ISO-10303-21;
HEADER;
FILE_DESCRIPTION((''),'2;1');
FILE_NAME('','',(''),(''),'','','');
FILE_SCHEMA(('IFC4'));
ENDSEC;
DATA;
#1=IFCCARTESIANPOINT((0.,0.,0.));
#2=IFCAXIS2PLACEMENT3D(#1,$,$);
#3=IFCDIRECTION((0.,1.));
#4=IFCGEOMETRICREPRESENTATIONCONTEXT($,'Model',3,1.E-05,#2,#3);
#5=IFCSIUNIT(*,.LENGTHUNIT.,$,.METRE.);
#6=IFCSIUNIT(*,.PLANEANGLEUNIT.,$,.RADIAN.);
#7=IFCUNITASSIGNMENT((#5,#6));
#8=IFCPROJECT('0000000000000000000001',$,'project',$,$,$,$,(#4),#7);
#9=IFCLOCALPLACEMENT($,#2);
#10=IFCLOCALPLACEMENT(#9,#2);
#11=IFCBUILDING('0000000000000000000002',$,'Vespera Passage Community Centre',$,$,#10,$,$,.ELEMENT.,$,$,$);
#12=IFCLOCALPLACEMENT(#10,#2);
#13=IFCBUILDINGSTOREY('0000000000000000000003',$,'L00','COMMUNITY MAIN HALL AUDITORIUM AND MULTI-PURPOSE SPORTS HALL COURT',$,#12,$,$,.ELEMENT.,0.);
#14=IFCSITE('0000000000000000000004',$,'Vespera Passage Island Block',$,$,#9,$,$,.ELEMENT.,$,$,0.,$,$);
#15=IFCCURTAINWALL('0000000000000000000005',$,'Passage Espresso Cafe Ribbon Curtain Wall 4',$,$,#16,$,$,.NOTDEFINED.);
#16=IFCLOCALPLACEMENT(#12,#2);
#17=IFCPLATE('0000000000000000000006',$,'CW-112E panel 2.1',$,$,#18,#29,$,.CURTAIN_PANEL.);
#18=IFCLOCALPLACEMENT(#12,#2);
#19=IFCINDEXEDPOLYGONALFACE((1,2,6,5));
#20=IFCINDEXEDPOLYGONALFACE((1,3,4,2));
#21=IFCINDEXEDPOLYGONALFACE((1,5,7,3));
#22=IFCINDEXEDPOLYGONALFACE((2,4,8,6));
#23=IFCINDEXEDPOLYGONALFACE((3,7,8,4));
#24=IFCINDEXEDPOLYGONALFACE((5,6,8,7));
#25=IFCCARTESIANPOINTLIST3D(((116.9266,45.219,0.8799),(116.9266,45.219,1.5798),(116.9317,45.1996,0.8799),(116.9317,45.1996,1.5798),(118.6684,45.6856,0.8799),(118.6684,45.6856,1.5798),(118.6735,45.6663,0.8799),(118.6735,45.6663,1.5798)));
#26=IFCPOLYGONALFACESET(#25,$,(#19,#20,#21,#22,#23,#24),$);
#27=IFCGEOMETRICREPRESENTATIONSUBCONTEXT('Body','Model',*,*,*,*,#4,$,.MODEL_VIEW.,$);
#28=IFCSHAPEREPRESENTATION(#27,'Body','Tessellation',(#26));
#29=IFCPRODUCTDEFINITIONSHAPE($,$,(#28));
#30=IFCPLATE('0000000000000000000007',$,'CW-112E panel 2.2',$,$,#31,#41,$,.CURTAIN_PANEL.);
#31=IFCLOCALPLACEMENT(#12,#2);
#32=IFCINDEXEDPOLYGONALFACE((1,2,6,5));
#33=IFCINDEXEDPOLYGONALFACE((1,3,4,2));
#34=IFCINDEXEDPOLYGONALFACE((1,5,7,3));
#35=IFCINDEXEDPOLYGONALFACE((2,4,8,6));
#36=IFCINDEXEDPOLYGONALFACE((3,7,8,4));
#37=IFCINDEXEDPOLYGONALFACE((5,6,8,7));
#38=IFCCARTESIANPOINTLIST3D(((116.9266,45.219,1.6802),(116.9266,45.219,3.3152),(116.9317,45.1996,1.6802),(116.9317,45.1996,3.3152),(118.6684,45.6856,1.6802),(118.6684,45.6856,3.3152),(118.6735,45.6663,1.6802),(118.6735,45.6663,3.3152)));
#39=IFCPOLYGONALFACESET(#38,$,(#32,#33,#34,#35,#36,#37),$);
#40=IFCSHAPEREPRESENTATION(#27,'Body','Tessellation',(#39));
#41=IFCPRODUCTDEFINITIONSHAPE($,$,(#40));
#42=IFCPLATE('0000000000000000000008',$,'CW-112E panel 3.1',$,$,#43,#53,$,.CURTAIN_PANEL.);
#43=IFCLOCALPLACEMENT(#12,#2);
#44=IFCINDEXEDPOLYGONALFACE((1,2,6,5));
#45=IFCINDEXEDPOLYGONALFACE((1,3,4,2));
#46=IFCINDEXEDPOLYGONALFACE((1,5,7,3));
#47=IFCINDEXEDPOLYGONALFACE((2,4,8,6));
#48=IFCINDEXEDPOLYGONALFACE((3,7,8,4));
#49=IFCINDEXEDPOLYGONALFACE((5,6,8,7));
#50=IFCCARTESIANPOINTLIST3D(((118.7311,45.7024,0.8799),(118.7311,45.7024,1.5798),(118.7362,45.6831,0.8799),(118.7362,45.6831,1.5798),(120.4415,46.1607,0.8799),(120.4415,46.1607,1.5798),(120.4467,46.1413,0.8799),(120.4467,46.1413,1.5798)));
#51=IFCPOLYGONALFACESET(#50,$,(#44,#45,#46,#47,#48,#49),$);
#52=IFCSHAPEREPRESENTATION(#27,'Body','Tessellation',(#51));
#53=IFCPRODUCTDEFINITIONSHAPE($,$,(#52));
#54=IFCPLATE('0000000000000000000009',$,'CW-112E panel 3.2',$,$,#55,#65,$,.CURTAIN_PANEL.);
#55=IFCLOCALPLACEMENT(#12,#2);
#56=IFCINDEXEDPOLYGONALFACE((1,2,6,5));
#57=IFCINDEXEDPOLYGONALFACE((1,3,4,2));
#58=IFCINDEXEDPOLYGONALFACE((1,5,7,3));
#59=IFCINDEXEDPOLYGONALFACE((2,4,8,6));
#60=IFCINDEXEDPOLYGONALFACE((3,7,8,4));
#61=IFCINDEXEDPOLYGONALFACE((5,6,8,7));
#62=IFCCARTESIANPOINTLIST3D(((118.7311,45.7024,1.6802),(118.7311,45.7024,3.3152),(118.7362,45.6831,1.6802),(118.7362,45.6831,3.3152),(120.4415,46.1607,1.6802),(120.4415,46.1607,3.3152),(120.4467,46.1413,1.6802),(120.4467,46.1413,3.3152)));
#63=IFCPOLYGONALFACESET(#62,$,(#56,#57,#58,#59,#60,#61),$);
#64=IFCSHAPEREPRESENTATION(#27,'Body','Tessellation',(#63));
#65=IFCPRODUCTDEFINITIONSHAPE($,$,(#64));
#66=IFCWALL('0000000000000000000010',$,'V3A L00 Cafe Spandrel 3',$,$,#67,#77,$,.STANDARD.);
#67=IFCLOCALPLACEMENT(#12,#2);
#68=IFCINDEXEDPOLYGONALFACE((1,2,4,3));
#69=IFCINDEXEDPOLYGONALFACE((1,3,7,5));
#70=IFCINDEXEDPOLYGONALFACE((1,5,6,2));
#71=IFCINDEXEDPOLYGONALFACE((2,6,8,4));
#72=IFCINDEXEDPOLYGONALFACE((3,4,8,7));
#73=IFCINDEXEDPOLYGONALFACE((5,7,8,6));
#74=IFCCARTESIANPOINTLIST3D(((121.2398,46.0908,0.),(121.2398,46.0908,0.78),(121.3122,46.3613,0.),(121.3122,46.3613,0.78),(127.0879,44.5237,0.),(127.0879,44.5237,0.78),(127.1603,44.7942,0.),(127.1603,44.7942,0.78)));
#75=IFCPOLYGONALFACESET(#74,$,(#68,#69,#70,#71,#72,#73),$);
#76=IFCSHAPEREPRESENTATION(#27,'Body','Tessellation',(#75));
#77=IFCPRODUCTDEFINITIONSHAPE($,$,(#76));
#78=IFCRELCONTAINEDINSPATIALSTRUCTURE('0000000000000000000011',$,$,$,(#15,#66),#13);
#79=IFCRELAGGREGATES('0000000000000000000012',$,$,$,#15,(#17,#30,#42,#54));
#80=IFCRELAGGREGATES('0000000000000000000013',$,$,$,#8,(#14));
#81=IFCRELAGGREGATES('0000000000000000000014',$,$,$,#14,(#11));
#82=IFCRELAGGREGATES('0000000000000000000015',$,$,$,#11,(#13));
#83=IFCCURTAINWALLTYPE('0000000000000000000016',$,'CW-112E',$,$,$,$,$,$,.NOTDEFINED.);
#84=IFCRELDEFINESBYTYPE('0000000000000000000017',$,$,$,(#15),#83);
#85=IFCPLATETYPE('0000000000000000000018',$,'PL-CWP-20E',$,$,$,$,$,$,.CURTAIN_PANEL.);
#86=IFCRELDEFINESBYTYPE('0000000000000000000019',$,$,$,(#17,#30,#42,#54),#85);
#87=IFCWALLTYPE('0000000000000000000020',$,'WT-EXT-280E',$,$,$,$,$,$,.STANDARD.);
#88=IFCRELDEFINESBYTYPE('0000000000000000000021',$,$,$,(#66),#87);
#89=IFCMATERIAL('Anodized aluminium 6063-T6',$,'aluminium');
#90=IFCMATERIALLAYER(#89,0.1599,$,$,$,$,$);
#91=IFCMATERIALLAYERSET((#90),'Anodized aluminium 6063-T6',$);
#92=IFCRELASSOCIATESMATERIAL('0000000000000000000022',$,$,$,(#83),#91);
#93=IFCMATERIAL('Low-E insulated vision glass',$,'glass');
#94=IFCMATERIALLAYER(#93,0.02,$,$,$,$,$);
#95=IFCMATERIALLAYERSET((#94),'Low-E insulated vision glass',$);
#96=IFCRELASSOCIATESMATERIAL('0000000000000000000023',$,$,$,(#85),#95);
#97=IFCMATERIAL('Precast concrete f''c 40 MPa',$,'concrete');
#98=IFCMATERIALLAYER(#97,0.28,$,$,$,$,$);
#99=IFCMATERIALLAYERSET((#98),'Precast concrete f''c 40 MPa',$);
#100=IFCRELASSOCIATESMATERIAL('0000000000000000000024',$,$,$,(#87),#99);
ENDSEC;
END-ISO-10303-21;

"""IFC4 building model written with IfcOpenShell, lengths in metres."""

from ifc_helpers import new_model, si_unit, direction, frame, frame_2d, origin, origin_2d, place, context, subcontext, project, spatial, rectangle, extrude, material, layer, layer_set, type_object, element, aggregate, save


model = new_model("IFC4")

# Units and contexts
model_context = context("Model", 3, precision=1e-05, world=origin(), true_north=direction((0.0, 1.0)))
body_context = subcontext(model_context, "Body", "Model", "MODEL_VIEW")
ifc_project = project(units=[si_unit("LENGTHUNIT", "METRE"), si_unit("PLANEANGLEUNIT", "RADIAN")], contexts=[model_context])

# Site, building, storey
site_placement = place(None, origin())
site = spatial("IfcSite", under=ifc_project, at=site_placement, Name="Vespera Passage Island Block", CompositionType="ELEMENT", RefElevation=0.0)
building_placement = place(site_placement, origin())
building = spatial("IfcBuilding", under=site, at=building_placement, Name="Vespera Passage Community Centre", CompositionType="ELEMENT")
storey_placement = place(building_placement, origin())
storey = spatial("IfcBuildingStorey", under=building, at=storey_placement, Name="L00", Description="COMMUNITY MAIN HALL AUDITORIUM AND MULTI-PURPOSE SPORTS HALL COURT", CompositionType="ELEMENT", Elevation=0.0)

# Curtain wall
ifc_material_1 = material(Name="Anodized aluminium 6063-T6", Category="aluminium")
ifc_layer_1 = layer(ifc_material_1, 0.1599)
ifc_layer_set_1 = layer_set([ifc_layer_1], Name="Anodized aluminium 6063-T6")
curtain_wall_type = type_object("IfcCurtainWallType", Name="CW-112E", PredefinedType="NOTDEFINED", material=ifc_layer_set_1)
curtain_wall_1_placement = place(storey_placement, origin())
curtain_wall_1 = element("IfcCurtainWall", 1, at=curtain_wall_1_placement, inside=storey, type_object=curtain_wall_type, Name="Passage Espresso Cafe Ribbon Curtain Wall 4", PredefinedType="NOTDEFINED")

# Plates
ifc_material_2 = material(Name="Low-E insulated vision glass", Category="glass")
ifc_layer_2 = layer(ifc_material_2, 0.02)
ifc_layer_set_2 = layer_set([ifc_layer_2], Name="Low-E insulated vision glass")
plate_type = type_object("IfcPlateType", Name="PL-CWP-20E", PredefinedType="CURTAIN_PANEL", material=ifc_layer_set_2)
plate_1_placement = place(storey_placement, frame((117.8, 45.4426, 0.8799), z_axis=(0.0, 0.0, 1.0), x_axis=(0.965929, 0.258807, 0.0)))
plate_1 = element("IfcPlate", 2, at=plate_1_placement, type_object=plate_type, Name="CW-112E panel 2.1", PredefinedType="CURTAIN_PANEL", context=body_context, shape_type="SweptSolid", body=[
    extrude(rectangle(XDim=1.8032, YDim=0.02, at=origin_2d()), origin(), (0.0, 0.0, 1.0), 0.7),
])
plate_2_placement = place(storey_placement, frame((117.8, 45.4426, 1.6802), z_axis=(0.0, 0.0, 1.0), x_axis=(0.965929, 0.258807, 0.0)))
plate_2 = element("IfcPlate", 3, at=plate_2_placement, type_object=plate_type, Name="CW-112E panel 2.2", PredefinedType="CURTAIN_PANEL", context=body_context, shape_type="SweptSolid", body=[
    extrude(rectangle(XDim=1.8032, YDim=0.02, at=origin_2d()), origin(), (0.0, 0.0, 1.0), 1.635),
])
plate_3_placement = place(storey_placement, frame((119.5889, 45.9219, 0.8799), z_axis=(0.0, 0.0, 1.0), x_axis=(0.965929, 0.258807, 0.0)))
plate_3 = element("IfcPlate", 4, at=plate_3_placement, type_object=plate_type, Name="CW-112E panel 3.1", PredefinedType="CURTAIN_PANEL", context=body_context, shape_type="SweptSolid", body=[
    extrude(rectangle(XDim=1.7708, YDim=0.02, at=origin_2d()), origin(), (0.0, 0.0, 1.0), 0.7),
])
plate_4_placement = place(storey_placement, frame((119.5889, 45.9219, 1.6802), z_axis=(0.0, 0.0, 1.0), x_axis=(0.965929, 0.258807, 0.0)))
plate_4 = element("IfcPlate", 5, at=plate_4_placement, type_object=plate_type, Name="CW-112E panel 3.2", PredefinedType="CURTAIN_PANEL", context=body_context, shape_type="SweptSolid", body=[
    extrude(rectangle(XDim=1.7708, YDim=0.02, at=origin_2d()), origin(), (0.0, 0.0, 1.0), 1.635),
])
aggregate(curtain_wall_1, [plate_1, plate_2, plate_3, plate_4])

# Wall
ifc_material_3 = material(Name="Precast concrete f'c 40 MPa", Category="concrete")
ifc_layer_3 = layer(ifc_material_3, 0.28)
ifc_layer_set_3 = layer_set([ifc_layer_3], Name="Precast concrete f'c 40 MPa")
wall_type = type_object("IfcWallType", Name="WT-EXT-280E", PredefinedType="STANDARD", material=ifc_layer_set_3)
wall_placement = place(storey_placement, frame((121.2759, 46.2261, 0.0), z_axis=(0.0, 0.0, 1.0), x_axis=(0.96592, -0.25884, 0.0)))
element("IfcWall", 6, at=wall_placement, inside=storey, type_object=wall_type, Name="V3A L00 Cafe Spandrel 3", PredefinedType="STANDARD", context=body_context, shape_type="SweptSolid", body=[
    extrude(rectangle(XDim=6.0544, YDim=0.28, at=frame_2d((3.0273, 0.0))), origin(), (0.0, 0.0, 1.0), 0.78),
])

save(model, "model.ifc")
